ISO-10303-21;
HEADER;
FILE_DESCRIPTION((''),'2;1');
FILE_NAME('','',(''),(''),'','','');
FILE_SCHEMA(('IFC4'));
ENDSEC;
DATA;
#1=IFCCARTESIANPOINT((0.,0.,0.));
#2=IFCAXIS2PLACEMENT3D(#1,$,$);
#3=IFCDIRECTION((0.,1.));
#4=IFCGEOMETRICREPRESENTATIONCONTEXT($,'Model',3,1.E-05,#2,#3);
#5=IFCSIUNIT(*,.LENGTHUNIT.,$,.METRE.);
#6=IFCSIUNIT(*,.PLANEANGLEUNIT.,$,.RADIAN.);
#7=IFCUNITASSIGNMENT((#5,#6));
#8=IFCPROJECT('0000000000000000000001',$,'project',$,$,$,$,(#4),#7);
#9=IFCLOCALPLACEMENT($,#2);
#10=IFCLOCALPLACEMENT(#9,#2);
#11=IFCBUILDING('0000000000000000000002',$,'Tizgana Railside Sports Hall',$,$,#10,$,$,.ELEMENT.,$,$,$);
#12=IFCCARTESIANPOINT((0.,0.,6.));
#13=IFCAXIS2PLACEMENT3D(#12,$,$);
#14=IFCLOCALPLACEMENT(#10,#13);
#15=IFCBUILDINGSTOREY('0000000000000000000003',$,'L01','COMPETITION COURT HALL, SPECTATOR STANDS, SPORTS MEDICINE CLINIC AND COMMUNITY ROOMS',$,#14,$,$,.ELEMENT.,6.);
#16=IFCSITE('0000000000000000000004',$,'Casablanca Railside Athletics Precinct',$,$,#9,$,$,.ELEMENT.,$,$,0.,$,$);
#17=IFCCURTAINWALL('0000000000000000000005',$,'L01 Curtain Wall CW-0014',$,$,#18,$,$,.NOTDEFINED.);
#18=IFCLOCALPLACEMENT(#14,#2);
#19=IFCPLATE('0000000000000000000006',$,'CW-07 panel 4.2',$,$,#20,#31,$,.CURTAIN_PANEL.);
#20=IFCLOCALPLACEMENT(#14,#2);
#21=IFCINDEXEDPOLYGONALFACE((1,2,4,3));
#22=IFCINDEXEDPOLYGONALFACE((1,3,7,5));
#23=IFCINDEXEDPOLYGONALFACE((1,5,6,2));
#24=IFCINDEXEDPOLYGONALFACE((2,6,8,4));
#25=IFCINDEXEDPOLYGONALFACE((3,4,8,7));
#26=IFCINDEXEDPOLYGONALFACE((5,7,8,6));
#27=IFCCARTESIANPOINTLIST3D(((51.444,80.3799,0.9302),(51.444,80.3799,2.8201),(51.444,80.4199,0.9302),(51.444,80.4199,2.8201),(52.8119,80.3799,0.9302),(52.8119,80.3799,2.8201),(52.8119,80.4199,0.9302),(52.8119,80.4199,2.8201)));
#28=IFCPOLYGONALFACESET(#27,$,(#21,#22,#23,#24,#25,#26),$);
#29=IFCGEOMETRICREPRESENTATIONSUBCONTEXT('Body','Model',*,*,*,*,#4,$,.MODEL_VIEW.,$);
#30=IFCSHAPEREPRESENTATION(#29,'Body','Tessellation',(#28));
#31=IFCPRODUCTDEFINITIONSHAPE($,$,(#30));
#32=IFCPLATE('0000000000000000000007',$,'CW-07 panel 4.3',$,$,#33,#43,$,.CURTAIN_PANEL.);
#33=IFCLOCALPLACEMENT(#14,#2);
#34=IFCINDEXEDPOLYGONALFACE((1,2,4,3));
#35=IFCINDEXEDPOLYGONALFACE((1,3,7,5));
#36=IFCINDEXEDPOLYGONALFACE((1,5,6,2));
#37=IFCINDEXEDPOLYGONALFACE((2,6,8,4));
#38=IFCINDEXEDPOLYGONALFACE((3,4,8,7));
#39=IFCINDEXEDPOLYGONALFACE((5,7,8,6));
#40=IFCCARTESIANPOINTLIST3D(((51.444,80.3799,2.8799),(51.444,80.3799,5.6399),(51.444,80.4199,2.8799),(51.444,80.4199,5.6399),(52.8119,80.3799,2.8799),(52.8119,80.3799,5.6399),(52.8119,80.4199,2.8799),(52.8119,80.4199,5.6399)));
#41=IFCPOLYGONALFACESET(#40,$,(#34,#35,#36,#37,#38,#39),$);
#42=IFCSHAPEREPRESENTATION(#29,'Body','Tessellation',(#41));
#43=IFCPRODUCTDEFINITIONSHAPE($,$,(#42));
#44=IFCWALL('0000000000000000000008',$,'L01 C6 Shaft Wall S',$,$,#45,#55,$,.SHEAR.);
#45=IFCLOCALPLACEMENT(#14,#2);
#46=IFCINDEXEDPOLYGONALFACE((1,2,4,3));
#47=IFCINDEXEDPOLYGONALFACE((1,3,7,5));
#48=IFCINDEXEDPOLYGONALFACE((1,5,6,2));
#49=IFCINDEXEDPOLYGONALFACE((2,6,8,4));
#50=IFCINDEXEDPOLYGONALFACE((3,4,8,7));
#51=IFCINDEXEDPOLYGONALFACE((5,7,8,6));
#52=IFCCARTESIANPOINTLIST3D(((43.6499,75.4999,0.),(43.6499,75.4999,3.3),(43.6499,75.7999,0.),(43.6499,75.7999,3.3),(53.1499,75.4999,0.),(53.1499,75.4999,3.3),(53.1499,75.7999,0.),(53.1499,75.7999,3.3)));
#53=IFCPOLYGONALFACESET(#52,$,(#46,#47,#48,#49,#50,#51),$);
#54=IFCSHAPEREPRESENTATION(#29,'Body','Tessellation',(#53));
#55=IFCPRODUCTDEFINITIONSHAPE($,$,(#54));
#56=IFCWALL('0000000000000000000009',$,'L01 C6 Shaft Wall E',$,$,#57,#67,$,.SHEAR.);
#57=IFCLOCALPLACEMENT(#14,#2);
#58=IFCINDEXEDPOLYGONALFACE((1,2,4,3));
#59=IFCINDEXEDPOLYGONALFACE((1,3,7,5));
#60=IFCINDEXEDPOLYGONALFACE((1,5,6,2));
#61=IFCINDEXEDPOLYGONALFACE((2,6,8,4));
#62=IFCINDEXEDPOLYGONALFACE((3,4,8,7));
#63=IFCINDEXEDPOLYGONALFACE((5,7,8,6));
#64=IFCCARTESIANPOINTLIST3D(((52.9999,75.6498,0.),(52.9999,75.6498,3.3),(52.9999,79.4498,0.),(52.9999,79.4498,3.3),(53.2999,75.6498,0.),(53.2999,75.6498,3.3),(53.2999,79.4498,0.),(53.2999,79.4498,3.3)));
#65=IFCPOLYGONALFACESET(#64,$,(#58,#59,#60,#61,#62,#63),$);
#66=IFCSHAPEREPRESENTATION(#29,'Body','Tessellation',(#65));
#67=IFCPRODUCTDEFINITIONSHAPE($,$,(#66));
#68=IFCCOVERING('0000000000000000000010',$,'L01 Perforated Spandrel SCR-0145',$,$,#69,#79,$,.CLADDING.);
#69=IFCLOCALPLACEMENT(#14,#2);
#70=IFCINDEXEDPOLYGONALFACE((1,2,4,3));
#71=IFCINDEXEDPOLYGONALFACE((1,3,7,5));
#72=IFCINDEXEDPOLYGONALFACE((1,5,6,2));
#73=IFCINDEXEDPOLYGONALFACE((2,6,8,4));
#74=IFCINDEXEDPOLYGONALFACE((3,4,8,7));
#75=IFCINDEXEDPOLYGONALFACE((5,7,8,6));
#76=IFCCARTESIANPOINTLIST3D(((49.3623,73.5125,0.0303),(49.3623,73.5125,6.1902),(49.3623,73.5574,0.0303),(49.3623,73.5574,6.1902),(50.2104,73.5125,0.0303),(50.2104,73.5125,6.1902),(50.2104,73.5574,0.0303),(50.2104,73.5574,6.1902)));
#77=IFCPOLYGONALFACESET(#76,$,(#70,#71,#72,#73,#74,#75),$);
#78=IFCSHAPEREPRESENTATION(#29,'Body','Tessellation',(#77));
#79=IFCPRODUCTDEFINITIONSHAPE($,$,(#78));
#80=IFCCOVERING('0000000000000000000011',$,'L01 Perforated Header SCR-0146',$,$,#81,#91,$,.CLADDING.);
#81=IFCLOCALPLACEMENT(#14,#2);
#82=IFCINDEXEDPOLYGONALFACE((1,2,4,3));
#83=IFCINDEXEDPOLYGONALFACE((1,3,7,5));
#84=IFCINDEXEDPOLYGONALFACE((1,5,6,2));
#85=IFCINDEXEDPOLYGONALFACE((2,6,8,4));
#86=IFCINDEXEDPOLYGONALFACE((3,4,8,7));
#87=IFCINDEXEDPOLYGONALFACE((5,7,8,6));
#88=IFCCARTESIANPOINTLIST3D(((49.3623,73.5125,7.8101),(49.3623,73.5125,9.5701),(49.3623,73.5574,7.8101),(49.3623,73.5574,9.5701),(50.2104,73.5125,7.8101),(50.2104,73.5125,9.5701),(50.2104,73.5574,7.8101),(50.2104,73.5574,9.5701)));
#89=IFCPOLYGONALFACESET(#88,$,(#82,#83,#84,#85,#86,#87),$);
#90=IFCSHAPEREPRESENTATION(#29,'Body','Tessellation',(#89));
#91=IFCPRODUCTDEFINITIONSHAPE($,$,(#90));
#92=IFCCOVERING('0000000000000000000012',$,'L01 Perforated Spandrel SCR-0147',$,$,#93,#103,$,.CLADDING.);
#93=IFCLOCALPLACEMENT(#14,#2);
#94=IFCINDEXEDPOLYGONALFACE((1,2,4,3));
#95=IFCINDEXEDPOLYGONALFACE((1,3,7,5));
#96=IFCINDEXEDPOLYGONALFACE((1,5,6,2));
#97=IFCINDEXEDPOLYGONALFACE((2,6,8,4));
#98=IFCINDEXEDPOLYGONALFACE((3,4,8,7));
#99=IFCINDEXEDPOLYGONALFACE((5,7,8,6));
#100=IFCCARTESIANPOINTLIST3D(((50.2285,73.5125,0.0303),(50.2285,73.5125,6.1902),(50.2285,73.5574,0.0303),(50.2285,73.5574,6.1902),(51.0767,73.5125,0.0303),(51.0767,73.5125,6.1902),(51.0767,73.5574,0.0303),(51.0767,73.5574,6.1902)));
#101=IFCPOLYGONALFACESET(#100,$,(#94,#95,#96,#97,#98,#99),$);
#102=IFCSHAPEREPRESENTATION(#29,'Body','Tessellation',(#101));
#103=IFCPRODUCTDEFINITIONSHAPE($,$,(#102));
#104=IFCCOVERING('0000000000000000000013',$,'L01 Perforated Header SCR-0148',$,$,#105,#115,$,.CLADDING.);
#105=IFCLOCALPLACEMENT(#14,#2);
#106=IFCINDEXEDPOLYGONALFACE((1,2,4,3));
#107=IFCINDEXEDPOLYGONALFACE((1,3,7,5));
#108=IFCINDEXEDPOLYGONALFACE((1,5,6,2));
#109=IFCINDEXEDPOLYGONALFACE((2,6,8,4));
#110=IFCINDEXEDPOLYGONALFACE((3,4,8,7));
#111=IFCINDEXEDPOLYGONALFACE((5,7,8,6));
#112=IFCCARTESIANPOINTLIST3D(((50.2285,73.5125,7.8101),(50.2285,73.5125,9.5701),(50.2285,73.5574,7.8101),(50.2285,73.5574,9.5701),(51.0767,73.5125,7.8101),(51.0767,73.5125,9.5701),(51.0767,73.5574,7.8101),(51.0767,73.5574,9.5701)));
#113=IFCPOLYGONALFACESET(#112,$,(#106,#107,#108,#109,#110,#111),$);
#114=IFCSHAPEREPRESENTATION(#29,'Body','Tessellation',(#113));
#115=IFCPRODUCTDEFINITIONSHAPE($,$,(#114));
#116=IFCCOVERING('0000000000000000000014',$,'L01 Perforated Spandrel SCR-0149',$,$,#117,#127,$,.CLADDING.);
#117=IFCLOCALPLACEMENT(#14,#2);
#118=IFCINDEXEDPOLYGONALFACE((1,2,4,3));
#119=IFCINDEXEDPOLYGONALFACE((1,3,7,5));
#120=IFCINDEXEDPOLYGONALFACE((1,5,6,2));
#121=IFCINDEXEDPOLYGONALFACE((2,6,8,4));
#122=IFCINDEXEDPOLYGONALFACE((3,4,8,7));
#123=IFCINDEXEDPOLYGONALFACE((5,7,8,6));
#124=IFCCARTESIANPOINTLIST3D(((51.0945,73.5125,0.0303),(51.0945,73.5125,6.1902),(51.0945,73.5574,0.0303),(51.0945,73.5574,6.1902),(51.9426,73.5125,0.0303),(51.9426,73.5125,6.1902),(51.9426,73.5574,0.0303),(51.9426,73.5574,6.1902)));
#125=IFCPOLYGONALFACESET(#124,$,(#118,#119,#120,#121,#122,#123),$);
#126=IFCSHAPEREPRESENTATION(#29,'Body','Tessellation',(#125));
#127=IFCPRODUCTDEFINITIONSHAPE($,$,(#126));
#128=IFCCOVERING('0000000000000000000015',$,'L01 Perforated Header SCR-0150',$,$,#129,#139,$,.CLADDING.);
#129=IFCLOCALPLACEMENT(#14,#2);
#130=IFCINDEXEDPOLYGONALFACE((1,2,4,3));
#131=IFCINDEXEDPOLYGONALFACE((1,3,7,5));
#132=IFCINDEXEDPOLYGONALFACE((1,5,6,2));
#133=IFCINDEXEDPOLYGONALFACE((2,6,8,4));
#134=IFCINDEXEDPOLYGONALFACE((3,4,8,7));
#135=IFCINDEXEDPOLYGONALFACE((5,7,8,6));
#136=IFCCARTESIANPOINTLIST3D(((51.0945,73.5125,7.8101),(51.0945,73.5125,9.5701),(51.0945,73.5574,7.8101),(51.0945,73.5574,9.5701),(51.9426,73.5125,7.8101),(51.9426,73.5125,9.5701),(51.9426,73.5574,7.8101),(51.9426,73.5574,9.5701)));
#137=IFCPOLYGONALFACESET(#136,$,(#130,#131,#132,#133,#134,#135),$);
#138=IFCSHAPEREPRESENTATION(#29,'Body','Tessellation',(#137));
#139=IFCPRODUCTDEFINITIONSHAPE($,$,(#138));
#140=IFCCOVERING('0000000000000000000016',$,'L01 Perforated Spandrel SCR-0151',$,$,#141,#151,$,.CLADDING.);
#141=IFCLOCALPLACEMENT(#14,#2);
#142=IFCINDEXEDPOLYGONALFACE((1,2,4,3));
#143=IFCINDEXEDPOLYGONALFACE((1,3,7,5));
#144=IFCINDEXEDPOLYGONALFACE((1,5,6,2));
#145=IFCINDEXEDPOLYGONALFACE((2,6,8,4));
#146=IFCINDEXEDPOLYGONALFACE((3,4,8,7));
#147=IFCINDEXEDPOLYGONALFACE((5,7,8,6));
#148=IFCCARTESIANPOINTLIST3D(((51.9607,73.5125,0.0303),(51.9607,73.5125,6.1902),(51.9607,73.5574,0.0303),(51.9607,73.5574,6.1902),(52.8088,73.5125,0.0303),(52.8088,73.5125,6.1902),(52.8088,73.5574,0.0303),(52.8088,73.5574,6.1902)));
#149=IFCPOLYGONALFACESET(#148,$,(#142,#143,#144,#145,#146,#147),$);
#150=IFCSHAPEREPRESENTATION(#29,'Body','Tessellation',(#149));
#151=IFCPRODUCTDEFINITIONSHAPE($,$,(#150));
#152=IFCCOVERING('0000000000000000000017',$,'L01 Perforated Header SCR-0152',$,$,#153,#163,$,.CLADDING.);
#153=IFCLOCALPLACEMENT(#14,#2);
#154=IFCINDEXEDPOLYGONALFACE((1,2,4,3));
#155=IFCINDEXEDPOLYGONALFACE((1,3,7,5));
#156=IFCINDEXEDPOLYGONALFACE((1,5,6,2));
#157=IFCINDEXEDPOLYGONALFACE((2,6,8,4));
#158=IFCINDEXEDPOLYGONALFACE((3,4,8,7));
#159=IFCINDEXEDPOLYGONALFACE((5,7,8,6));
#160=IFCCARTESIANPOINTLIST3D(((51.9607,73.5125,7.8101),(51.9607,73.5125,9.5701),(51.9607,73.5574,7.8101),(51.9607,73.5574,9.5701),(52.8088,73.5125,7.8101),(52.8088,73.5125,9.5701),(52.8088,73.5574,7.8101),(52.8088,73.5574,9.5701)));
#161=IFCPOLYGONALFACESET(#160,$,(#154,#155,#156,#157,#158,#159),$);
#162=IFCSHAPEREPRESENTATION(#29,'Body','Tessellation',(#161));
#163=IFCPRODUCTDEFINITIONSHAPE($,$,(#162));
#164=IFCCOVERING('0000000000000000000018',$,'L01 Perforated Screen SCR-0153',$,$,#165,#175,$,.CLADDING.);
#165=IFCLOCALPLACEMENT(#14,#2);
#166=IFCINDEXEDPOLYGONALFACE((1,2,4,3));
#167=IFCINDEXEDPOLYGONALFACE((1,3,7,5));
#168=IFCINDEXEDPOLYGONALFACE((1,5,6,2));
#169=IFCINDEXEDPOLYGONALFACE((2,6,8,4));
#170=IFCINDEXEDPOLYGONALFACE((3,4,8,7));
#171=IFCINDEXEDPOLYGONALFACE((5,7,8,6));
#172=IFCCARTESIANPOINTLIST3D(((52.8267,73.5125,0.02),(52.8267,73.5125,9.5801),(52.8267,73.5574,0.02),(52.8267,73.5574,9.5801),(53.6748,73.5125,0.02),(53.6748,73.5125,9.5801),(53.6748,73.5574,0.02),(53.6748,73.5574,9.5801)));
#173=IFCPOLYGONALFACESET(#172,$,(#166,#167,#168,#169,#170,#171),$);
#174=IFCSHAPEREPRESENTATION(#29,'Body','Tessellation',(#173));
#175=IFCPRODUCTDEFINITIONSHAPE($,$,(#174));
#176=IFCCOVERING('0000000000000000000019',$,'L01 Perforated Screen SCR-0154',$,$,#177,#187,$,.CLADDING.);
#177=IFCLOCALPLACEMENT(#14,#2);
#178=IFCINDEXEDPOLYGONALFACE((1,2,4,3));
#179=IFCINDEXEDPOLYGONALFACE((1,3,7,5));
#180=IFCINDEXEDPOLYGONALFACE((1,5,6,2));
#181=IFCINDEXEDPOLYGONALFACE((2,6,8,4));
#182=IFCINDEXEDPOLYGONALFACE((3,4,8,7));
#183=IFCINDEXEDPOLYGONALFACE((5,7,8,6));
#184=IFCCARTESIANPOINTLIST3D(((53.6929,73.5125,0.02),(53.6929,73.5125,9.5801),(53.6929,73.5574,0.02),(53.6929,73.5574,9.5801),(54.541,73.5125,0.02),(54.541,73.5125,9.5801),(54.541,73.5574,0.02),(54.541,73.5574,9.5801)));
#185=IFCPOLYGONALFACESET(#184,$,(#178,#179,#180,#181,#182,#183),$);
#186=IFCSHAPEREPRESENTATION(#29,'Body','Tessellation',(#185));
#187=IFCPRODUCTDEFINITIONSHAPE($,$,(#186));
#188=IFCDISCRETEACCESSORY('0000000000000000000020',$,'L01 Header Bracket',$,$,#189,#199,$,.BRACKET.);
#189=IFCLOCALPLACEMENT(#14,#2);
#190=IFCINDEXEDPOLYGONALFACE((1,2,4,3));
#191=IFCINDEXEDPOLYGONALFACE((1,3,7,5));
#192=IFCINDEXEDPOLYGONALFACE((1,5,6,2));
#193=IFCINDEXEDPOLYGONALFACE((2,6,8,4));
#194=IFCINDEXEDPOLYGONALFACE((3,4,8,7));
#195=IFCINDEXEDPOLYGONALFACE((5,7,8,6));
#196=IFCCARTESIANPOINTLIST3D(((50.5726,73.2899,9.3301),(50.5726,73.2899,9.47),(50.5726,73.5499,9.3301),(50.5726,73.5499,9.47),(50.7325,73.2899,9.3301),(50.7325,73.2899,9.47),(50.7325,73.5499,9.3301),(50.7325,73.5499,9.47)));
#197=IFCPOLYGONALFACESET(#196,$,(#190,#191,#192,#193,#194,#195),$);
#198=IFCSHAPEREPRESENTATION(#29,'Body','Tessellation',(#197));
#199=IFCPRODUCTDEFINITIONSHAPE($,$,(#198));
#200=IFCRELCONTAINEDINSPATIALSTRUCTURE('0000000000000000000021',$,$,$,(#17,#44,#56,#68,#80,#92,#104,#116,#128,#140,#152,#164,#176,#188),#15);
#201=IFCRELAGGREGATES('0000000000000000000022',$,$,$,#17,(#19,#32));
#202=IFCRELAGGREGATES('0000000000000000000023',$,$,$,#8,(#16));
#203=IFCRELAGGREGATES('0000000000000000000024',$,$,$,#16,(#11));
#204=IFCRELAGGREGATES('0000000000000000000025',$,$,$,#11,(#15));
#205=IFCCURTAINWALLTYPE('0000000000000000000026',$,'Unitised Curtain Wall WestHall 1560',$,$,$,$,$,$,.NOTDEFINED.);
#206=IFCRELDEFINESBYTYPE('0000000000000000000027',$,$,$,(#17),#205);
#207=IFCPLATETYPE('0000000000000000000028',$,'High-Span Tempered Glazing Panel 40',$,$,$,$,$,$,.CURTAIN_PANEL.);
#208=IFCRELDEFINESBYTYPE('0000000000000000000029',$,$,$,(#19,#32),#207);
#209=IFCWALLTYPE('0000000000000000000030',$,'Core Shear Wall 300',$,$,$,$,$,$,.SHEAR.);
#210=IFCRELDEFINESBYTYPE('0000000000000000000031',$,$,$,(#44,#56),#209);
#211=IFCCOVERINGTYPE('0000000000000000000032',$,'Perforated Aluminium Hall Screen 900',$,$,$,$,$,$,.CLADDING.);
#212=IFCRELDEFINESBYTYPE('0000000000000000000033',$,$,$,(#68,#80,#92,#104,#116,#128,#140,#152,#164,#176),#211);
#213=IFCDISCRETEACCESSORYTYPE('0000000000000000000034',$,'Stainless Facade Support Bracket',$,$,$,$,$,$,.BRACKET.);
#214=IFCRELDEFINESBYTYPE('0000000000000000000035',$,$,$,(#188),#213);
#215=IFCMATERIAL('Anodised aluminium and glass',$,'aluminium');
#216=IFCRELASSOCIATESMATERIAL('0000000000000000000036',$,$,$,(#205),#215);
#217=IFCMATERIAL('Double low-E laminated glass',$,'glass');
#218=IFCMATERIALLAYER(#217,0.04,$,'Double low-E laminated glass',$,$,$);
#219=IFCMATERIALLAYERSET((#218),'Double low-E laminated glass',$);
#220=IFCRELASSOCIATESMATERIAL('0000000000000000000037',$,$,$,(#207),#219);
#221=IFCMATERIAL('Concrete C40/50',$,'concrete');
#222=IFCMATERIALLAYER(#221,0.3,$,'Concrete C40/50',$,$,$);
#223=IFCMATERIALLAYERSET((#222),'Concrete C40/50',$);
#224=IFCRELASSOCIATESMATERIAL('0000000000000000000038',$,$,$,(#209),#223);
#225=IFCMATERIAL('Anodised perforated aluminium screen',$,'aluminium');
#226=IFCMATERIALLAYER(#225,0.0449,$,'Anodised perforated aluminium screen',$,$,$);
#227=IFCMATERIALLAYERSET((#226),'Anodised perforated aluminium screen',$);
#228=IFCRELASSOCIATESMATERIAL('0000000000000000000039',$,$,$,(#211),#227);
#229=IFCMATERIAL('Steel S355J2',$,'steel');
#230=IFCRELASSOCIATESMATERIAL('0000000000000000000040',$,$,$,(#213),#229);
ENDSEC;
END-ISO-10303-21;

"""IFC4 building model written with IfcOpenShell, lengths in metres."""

from ifc_helpers import new_model, si_unit, direction, frame, frame_2d, origin, origin_2d, place, context, subcontext, project, spatial, rectangle, extrude, material, layer, layer_set, type_object, element, aggregate, save


model = new_model("IFC4")

# Units and contexts
model_context = context("Model", 3, precision=1e-05, world=origin(), true_north=direction((0.0, 1.0)))
body_context = subcontext(model_context, "Body", "Model", "MODEL_VIEW")
ifc_project = project(units=[si_unit("LENGTHUNIT", "METRE"), si_unit("PLANEANGLEUNIT", "RADIAN")], contexts=[model_context])

# Site, building, storey
site_placement = place(None, origin())
site = spatial("IfcSite", under=ifc_project, at=site_placement, Name="Casablanca Railside Athletics Precinct", CompositionType="ELEMENT", RefElevation=0.0)
building_placement = place(site_placement, origin())
building = spatial("IfcBuilding", under=site, at=building_placement, Name="Tizgana Railside Sports Hall", CompositionType="ELEMENT")
storey_placement = place(building_placement, frame((0.0, 0.0, 6.0)))
storey = spatial("IfcBuildingStorey", under=building, at=storey_placement, Name="L01", Description="COMPETITION COURT HALL, SPECTATOR STANDS, SPORTS MEDICINE CLINIC AND COMMUNITY ROOMS", CompositionType="ELEMENT", Elevation=6.0)

# Curtain wall, plates
ifc_material_1 = material(Name="Anodised aluminium and glass", Category="aluminium")
curtain_wall_type = type_object("IfcCurtainWallType", Name="Unitised Curtain Wall WestHall 1560", PredefinedType="NOTDEFINED", material=ifc_material_1)
curtain_wall_placement = place(storey_placement, origin())
curtain_wall = element("IfcCurtainWall", 1, at=curtain_wall_placement, inside=storey, type_object=curtain_wall_type, Name="L01 Curtain Wall CW-0014", PredefinedType="NOTDEFINED")
ifc_material_2 = material(Name="Double low-E laminated glass", Category="glass")
ifc_layer_1 = layer(ifc_material_2, 0.04, Name="Double low-E laminated glass")
ifc_layer_set_1 = layer_set([ifc_layer_1], Name="Double low-E laminated glass")
plate_type = type_object("IfcPlateType", Name="High-Span Tempered Glazing Panel 40", PredefinedType="CURTAIN_PANEL", material=ifc_layer_set_1)
plate_1_placement = place(storey_placement, frame((52.1279, 80.3999, 0.9302), z_axis=(0.0, 0.0, 1.0), x_axis=(1.0, 0.0, 0.0)))
plate_1 = element("IfcPlate", 2, at=plate_1_placement, type_object=plate_type, Name="CW-07 panel 4.2", PredefinedType="CURTAIN_PANEL", context=body_context, shape_type="SweptSolid", body=[
    extrude(rectangle(XDim=1.3679, YDim=0.04, at=origin_2d()), origin(), (0.0, 0.0, 1.0), 1.8899),
])
plate_2_placement = place(storey_placement, frame((52.1279, 80.3999, 2.8799), z_axis=(0.0, 0.0, 1.0), x_axis=(1.0, 0.0, 0.0)))
plate_2 = element("IfcPlate", 3, at=plate_2_placement, type_object=plate_type, Name="CW-07 panel 4.3", PredefinedType="CURTAIN_PANEL", context=body_context, shape_type="SweptSolid", body=[
    extrude(rectangle(XDim=1.3679, YDim=0.04, at=origin_2d()), origin(), (0.0, 0.0, 1.0), 2.76),
])
aggregate(curtain_wall, [plate_1, plate_2])

# Walls
ifc_material_3 = material(Name="Concrete C40/50", Category="concrete")
ifc_layer_2 = layer(ifc_material_3, 0.3, Name="Concrete C40/50")
ifc_layer_set_2 = layer_set([ifc_layer_2], Name="Concrete C40/50")
wall_type = type_object("IfcWallType", Name="Core Shear Wall 300", PredefinedType="SHEAR", material=ifc_layer_set_2)
wall_1_placement = place(storey_placement, frame((53.1499, 75.6499, 0.0), z_axis=(0.0, 0.0, 1.0), x_axis=(-1.0, 0.0, 0.0)))
element("IfcWall", 4, at=wall_1_placement, inside=storey, type_object=wall_type, Name="L01 C6 Shaft Wall S", PredefinedType="SHEAR", context=body_context, shape_type="SweptSolid", body=[
    extrude(rectangle(XDim=9.5, YDim=0.3, at=frame_2d((4.75, 0.0))), origin(), (0.0, 0.0, 1.0), 3.3),
])
wall_2_placement = place(storey_placement, frame((53.1499, 75.6499, 0.0), z_axis=(0.0, 0.0, 1.0), x_axis=(0.0, 1.0, 0.0)))
element("IfcWall", 5, at=wall_2_placement, inside=storey, type_object=wall_type, Name="L01 C6 Shaft Wall E", PredefinedType="SHEAR", context=body_context, shape_type="SweptSolid", body=[
    extrude(rectangle(XDim=3.8, YDim=0.3, at=frame_2d((1.8999, 0.0))), origin(), (0.0, 0.0, 1.0), 3.3),
])

# Coverings
ifc_material_4 = material(Name="Anodised perforated aluminium screen", Category="aluminium")
ifc_layer_3 = layer(ifc_material_4, 0.0449, Name="Anodised perforated aluminium screen")
ifc_layer_set_3 = layer_set([ifc_layer_3], Name="Anodised perforated aluminium screen")
covering_type = type_object("IfcCoveringType", Name="Perforated Aluminium Hall Screen 900", PredefinedType="CLADDING", material=ifc_layer_set_3)
covering_1_placement = place(storey_placement, frame((49.7864, 73.5349, 0.0303), z_axis=(0.0, 0.0, 1.0), x_axis=(1.0, 0.0, 0.0)))
element("IfcCovering", 6, at=covering_1_placement, inside=storey, type_object=covering_type, Name="L01 Perforated Spandrel SCR-0145", PredefinedType="CLADDING", context=body_context, shape_type="SweptSolid", body=[
    extrude(rectangle(XDim=0.8481, YDim=0.0449, at=origin_2d()), origin(), (0.0, 0.0, 1.0), 6.1599),
])
covering_2_placement = place(storey_placement, frame((49.7864, 73.5349, 7.8101), z_axis=(0.0, 0.0, 1.0), x_axis=(1.0, 0.0, 0.0)))
element("IfcCovering", 7, at=covering_2_placement, inside=storey, type_object=covering_type, Name="L01 Perforated Header SCR-0146", PredefinedType="CLADDING", context=body_context, shape_type="SweptSolid", body=[
    extrude(rectangle(XDim=0.8481, YDim=0.0449, at=origin_2d()), origin(), (0.0, 0.0, 1.0), 1.76),
])
covering_3_placement = place(storey_placement, frame((50.6526, 73.5349, 0.0303), z_axis=(0.0, 0.0, 1.0), x_axis=(1.0, 0.0, 0.0)))
element("IfcCovering", 8, at=covering_3_placement, inside=storey, type_object=covering_type, Name="L01 Perforated Spandrel SCR-0147", PredefinedType="CLADDING", context=body_context, shape_type="SweptSolid", body=[
    extrude(rectangle(XDim=0.8481, YDim=0.0449, at=origin_2d()), origin(), (0.0, 0.0, 1.0), 6.1599),
])
covering_4_placement = place(storey_placement, frame((50.6526, 73.5349, 7.8101), z_axis=(0.0, 0.0, 1.0), x_axis=(1.0, 0.0, 0.0)))
element("IfcCovering", 9, at=covering_4_placement, inside=storey, type_object=covering_type, Name="L01 Perforated Header SCR-0148", PredefinedType="CLADDING", context=body_context, shape_type="SweptSolid", body=[
    extrude(rectangle(XDim=0.8481, YDim=0.0449, at=origin_2d()), origin(), (0.0, 0.0, 1.0), 1.76),
])
covering_5_placement = place(storey_placement, frame((51.5186, 73.5349, 0.0303), z_axis=(0.0, 0.0, 1.0), x_axis=(1.0, 0.0, 0.0)))
element("IfcCovering", 10, at=covering_5_placement, inside=storey, type_object=covering_type, Name="L01 Perforated Spandrel SCR-0149", PredefinedType="CLADDING", context=body_context, shape_type="SweptSolid", body=[
    extrude(rectangle(XDim=0.8481, YDim=0.0449, at=origin_2d()), origin(), (0.0, 0.0, 1.0), 6.1599),
])
covering_6_placement = place(storey_placement, frame((51.5186, 73.5349, 7.8101), z_axis=(0.0, 0.0, 1.0), x_axis=(1.0, 0.0, 0.0)))
element("IfcCovering", 11, at=covering_6_placement, inside=storey, type_object=covering_type, Name="L01 Perforated Header SCR-0150", PredefinedType="CLADDING", context=body_context, shape_type="SweptSolid", body=[
    extrude(rectangle(XDim=0.8481, YDim=0.0449, at=origin_2d()), origin(), (0.0, 0.0, 1.0), 1.76),
])
covering_7_placement = place(storey_placement, frame((52.3848, 73.5349, 0.0303), z_axis=(0.0, 0.0, 1.0), x_axis=(1.0, 0.0, 0.0)))
element("IfcCovering", 12, at=covering_7_placement, inside=storey, type_object=covering_type, Name="L01 Perforated Spandrel SCR-0151", PredefinedType="CLADDING", context=body_context, shape_type="SweptSolid", body=[
    extrude(rectangle(XDim=0.8481, YDim=0.0449, at=origin_2d()), origin(), (0.0, 0.0, 1.0), 6.1599),
])
covering_8_placement = place(storey_placement, frame((52.3848, 73.5349, 7.8101), z_axis=(0.0, 0.0, 1.0), x_axis=(1.0, 0.0, 0.0)))
element("IfcCovering", 13, at=covering_8_placement, inside=storey, type_object=covering_type, Name="L01 Perforated Header SCR-0152", PredefinedType="CLADDING", context=body_context, shape_type="SweptSolid", body=[
    extrude(rectangle(XDim=0.8481, YDim=0.0449, at=origin_2d()), origin(), (0.0, 0.0, 1.0), 1.76),
])
for number, where, z_axis, x_axis, name in (
    (14, (53.2507, 73.5349, 0.02), (0.0, 0.0, 1.0), (1.0, 0.0, 0.0), "L01 Perforated Screen SCR-0153"),
    (15, (54.1169, 73.5349, 0.02), (0.0, 0.0, 1.0), (1.0, 0.0, 0.0), "L01 Perforated Screen SCR-0154"),
):
    element("IfcCovering", number, at=place(storey_placement, frame(where, z_axis=z_axis, x_axis=x_axis)), inside=storey, type_object=covering_type, Name=name, PredefinedType="CLADDING", context=body_context, shape_type="SweptSolid", body=[
        extrude(rectangle(XDim=0.8481, YDim=0.0449, at=origin_2d()), origin(), (0.0, 0.0, 1.0), 9.5601),
    ])

# Discrete accessory
ifc_material_5 = material(Name="Steel S355J2", Category="steel")
discrete_accessory_type = type_object("IfcDiscreteAccessoryType", Name="Stainless Facade Support Bracket", PredefinedType="BRACKET", material=ifc_material_5)
for number, where, z_axis, x_axis, name in (
    (16, (50.6526, 73.4199, 9.3301), (0.0, 0.0, 1.0), (1.0, 0.0, 0.0), "L01 Header Bracket"),
):
    element("IfcDiscreteAccessory", number, at=place(storey_placement, frame(where, z_axis=z_axis, x_axis=x_axis)), inside=storey, type_object=discrete_accessory_type, Name=name, PredefinedType="BRACKET", context=body_context, shape_type="SweptSolid", body=[
        extrude(rectangle(XDim=0.1599, YDim=0.26, at=origin_2d()), origin(), (0.0, 0.0, 1.0), 0.1399),
    ])

save(model, "model.ifc")
